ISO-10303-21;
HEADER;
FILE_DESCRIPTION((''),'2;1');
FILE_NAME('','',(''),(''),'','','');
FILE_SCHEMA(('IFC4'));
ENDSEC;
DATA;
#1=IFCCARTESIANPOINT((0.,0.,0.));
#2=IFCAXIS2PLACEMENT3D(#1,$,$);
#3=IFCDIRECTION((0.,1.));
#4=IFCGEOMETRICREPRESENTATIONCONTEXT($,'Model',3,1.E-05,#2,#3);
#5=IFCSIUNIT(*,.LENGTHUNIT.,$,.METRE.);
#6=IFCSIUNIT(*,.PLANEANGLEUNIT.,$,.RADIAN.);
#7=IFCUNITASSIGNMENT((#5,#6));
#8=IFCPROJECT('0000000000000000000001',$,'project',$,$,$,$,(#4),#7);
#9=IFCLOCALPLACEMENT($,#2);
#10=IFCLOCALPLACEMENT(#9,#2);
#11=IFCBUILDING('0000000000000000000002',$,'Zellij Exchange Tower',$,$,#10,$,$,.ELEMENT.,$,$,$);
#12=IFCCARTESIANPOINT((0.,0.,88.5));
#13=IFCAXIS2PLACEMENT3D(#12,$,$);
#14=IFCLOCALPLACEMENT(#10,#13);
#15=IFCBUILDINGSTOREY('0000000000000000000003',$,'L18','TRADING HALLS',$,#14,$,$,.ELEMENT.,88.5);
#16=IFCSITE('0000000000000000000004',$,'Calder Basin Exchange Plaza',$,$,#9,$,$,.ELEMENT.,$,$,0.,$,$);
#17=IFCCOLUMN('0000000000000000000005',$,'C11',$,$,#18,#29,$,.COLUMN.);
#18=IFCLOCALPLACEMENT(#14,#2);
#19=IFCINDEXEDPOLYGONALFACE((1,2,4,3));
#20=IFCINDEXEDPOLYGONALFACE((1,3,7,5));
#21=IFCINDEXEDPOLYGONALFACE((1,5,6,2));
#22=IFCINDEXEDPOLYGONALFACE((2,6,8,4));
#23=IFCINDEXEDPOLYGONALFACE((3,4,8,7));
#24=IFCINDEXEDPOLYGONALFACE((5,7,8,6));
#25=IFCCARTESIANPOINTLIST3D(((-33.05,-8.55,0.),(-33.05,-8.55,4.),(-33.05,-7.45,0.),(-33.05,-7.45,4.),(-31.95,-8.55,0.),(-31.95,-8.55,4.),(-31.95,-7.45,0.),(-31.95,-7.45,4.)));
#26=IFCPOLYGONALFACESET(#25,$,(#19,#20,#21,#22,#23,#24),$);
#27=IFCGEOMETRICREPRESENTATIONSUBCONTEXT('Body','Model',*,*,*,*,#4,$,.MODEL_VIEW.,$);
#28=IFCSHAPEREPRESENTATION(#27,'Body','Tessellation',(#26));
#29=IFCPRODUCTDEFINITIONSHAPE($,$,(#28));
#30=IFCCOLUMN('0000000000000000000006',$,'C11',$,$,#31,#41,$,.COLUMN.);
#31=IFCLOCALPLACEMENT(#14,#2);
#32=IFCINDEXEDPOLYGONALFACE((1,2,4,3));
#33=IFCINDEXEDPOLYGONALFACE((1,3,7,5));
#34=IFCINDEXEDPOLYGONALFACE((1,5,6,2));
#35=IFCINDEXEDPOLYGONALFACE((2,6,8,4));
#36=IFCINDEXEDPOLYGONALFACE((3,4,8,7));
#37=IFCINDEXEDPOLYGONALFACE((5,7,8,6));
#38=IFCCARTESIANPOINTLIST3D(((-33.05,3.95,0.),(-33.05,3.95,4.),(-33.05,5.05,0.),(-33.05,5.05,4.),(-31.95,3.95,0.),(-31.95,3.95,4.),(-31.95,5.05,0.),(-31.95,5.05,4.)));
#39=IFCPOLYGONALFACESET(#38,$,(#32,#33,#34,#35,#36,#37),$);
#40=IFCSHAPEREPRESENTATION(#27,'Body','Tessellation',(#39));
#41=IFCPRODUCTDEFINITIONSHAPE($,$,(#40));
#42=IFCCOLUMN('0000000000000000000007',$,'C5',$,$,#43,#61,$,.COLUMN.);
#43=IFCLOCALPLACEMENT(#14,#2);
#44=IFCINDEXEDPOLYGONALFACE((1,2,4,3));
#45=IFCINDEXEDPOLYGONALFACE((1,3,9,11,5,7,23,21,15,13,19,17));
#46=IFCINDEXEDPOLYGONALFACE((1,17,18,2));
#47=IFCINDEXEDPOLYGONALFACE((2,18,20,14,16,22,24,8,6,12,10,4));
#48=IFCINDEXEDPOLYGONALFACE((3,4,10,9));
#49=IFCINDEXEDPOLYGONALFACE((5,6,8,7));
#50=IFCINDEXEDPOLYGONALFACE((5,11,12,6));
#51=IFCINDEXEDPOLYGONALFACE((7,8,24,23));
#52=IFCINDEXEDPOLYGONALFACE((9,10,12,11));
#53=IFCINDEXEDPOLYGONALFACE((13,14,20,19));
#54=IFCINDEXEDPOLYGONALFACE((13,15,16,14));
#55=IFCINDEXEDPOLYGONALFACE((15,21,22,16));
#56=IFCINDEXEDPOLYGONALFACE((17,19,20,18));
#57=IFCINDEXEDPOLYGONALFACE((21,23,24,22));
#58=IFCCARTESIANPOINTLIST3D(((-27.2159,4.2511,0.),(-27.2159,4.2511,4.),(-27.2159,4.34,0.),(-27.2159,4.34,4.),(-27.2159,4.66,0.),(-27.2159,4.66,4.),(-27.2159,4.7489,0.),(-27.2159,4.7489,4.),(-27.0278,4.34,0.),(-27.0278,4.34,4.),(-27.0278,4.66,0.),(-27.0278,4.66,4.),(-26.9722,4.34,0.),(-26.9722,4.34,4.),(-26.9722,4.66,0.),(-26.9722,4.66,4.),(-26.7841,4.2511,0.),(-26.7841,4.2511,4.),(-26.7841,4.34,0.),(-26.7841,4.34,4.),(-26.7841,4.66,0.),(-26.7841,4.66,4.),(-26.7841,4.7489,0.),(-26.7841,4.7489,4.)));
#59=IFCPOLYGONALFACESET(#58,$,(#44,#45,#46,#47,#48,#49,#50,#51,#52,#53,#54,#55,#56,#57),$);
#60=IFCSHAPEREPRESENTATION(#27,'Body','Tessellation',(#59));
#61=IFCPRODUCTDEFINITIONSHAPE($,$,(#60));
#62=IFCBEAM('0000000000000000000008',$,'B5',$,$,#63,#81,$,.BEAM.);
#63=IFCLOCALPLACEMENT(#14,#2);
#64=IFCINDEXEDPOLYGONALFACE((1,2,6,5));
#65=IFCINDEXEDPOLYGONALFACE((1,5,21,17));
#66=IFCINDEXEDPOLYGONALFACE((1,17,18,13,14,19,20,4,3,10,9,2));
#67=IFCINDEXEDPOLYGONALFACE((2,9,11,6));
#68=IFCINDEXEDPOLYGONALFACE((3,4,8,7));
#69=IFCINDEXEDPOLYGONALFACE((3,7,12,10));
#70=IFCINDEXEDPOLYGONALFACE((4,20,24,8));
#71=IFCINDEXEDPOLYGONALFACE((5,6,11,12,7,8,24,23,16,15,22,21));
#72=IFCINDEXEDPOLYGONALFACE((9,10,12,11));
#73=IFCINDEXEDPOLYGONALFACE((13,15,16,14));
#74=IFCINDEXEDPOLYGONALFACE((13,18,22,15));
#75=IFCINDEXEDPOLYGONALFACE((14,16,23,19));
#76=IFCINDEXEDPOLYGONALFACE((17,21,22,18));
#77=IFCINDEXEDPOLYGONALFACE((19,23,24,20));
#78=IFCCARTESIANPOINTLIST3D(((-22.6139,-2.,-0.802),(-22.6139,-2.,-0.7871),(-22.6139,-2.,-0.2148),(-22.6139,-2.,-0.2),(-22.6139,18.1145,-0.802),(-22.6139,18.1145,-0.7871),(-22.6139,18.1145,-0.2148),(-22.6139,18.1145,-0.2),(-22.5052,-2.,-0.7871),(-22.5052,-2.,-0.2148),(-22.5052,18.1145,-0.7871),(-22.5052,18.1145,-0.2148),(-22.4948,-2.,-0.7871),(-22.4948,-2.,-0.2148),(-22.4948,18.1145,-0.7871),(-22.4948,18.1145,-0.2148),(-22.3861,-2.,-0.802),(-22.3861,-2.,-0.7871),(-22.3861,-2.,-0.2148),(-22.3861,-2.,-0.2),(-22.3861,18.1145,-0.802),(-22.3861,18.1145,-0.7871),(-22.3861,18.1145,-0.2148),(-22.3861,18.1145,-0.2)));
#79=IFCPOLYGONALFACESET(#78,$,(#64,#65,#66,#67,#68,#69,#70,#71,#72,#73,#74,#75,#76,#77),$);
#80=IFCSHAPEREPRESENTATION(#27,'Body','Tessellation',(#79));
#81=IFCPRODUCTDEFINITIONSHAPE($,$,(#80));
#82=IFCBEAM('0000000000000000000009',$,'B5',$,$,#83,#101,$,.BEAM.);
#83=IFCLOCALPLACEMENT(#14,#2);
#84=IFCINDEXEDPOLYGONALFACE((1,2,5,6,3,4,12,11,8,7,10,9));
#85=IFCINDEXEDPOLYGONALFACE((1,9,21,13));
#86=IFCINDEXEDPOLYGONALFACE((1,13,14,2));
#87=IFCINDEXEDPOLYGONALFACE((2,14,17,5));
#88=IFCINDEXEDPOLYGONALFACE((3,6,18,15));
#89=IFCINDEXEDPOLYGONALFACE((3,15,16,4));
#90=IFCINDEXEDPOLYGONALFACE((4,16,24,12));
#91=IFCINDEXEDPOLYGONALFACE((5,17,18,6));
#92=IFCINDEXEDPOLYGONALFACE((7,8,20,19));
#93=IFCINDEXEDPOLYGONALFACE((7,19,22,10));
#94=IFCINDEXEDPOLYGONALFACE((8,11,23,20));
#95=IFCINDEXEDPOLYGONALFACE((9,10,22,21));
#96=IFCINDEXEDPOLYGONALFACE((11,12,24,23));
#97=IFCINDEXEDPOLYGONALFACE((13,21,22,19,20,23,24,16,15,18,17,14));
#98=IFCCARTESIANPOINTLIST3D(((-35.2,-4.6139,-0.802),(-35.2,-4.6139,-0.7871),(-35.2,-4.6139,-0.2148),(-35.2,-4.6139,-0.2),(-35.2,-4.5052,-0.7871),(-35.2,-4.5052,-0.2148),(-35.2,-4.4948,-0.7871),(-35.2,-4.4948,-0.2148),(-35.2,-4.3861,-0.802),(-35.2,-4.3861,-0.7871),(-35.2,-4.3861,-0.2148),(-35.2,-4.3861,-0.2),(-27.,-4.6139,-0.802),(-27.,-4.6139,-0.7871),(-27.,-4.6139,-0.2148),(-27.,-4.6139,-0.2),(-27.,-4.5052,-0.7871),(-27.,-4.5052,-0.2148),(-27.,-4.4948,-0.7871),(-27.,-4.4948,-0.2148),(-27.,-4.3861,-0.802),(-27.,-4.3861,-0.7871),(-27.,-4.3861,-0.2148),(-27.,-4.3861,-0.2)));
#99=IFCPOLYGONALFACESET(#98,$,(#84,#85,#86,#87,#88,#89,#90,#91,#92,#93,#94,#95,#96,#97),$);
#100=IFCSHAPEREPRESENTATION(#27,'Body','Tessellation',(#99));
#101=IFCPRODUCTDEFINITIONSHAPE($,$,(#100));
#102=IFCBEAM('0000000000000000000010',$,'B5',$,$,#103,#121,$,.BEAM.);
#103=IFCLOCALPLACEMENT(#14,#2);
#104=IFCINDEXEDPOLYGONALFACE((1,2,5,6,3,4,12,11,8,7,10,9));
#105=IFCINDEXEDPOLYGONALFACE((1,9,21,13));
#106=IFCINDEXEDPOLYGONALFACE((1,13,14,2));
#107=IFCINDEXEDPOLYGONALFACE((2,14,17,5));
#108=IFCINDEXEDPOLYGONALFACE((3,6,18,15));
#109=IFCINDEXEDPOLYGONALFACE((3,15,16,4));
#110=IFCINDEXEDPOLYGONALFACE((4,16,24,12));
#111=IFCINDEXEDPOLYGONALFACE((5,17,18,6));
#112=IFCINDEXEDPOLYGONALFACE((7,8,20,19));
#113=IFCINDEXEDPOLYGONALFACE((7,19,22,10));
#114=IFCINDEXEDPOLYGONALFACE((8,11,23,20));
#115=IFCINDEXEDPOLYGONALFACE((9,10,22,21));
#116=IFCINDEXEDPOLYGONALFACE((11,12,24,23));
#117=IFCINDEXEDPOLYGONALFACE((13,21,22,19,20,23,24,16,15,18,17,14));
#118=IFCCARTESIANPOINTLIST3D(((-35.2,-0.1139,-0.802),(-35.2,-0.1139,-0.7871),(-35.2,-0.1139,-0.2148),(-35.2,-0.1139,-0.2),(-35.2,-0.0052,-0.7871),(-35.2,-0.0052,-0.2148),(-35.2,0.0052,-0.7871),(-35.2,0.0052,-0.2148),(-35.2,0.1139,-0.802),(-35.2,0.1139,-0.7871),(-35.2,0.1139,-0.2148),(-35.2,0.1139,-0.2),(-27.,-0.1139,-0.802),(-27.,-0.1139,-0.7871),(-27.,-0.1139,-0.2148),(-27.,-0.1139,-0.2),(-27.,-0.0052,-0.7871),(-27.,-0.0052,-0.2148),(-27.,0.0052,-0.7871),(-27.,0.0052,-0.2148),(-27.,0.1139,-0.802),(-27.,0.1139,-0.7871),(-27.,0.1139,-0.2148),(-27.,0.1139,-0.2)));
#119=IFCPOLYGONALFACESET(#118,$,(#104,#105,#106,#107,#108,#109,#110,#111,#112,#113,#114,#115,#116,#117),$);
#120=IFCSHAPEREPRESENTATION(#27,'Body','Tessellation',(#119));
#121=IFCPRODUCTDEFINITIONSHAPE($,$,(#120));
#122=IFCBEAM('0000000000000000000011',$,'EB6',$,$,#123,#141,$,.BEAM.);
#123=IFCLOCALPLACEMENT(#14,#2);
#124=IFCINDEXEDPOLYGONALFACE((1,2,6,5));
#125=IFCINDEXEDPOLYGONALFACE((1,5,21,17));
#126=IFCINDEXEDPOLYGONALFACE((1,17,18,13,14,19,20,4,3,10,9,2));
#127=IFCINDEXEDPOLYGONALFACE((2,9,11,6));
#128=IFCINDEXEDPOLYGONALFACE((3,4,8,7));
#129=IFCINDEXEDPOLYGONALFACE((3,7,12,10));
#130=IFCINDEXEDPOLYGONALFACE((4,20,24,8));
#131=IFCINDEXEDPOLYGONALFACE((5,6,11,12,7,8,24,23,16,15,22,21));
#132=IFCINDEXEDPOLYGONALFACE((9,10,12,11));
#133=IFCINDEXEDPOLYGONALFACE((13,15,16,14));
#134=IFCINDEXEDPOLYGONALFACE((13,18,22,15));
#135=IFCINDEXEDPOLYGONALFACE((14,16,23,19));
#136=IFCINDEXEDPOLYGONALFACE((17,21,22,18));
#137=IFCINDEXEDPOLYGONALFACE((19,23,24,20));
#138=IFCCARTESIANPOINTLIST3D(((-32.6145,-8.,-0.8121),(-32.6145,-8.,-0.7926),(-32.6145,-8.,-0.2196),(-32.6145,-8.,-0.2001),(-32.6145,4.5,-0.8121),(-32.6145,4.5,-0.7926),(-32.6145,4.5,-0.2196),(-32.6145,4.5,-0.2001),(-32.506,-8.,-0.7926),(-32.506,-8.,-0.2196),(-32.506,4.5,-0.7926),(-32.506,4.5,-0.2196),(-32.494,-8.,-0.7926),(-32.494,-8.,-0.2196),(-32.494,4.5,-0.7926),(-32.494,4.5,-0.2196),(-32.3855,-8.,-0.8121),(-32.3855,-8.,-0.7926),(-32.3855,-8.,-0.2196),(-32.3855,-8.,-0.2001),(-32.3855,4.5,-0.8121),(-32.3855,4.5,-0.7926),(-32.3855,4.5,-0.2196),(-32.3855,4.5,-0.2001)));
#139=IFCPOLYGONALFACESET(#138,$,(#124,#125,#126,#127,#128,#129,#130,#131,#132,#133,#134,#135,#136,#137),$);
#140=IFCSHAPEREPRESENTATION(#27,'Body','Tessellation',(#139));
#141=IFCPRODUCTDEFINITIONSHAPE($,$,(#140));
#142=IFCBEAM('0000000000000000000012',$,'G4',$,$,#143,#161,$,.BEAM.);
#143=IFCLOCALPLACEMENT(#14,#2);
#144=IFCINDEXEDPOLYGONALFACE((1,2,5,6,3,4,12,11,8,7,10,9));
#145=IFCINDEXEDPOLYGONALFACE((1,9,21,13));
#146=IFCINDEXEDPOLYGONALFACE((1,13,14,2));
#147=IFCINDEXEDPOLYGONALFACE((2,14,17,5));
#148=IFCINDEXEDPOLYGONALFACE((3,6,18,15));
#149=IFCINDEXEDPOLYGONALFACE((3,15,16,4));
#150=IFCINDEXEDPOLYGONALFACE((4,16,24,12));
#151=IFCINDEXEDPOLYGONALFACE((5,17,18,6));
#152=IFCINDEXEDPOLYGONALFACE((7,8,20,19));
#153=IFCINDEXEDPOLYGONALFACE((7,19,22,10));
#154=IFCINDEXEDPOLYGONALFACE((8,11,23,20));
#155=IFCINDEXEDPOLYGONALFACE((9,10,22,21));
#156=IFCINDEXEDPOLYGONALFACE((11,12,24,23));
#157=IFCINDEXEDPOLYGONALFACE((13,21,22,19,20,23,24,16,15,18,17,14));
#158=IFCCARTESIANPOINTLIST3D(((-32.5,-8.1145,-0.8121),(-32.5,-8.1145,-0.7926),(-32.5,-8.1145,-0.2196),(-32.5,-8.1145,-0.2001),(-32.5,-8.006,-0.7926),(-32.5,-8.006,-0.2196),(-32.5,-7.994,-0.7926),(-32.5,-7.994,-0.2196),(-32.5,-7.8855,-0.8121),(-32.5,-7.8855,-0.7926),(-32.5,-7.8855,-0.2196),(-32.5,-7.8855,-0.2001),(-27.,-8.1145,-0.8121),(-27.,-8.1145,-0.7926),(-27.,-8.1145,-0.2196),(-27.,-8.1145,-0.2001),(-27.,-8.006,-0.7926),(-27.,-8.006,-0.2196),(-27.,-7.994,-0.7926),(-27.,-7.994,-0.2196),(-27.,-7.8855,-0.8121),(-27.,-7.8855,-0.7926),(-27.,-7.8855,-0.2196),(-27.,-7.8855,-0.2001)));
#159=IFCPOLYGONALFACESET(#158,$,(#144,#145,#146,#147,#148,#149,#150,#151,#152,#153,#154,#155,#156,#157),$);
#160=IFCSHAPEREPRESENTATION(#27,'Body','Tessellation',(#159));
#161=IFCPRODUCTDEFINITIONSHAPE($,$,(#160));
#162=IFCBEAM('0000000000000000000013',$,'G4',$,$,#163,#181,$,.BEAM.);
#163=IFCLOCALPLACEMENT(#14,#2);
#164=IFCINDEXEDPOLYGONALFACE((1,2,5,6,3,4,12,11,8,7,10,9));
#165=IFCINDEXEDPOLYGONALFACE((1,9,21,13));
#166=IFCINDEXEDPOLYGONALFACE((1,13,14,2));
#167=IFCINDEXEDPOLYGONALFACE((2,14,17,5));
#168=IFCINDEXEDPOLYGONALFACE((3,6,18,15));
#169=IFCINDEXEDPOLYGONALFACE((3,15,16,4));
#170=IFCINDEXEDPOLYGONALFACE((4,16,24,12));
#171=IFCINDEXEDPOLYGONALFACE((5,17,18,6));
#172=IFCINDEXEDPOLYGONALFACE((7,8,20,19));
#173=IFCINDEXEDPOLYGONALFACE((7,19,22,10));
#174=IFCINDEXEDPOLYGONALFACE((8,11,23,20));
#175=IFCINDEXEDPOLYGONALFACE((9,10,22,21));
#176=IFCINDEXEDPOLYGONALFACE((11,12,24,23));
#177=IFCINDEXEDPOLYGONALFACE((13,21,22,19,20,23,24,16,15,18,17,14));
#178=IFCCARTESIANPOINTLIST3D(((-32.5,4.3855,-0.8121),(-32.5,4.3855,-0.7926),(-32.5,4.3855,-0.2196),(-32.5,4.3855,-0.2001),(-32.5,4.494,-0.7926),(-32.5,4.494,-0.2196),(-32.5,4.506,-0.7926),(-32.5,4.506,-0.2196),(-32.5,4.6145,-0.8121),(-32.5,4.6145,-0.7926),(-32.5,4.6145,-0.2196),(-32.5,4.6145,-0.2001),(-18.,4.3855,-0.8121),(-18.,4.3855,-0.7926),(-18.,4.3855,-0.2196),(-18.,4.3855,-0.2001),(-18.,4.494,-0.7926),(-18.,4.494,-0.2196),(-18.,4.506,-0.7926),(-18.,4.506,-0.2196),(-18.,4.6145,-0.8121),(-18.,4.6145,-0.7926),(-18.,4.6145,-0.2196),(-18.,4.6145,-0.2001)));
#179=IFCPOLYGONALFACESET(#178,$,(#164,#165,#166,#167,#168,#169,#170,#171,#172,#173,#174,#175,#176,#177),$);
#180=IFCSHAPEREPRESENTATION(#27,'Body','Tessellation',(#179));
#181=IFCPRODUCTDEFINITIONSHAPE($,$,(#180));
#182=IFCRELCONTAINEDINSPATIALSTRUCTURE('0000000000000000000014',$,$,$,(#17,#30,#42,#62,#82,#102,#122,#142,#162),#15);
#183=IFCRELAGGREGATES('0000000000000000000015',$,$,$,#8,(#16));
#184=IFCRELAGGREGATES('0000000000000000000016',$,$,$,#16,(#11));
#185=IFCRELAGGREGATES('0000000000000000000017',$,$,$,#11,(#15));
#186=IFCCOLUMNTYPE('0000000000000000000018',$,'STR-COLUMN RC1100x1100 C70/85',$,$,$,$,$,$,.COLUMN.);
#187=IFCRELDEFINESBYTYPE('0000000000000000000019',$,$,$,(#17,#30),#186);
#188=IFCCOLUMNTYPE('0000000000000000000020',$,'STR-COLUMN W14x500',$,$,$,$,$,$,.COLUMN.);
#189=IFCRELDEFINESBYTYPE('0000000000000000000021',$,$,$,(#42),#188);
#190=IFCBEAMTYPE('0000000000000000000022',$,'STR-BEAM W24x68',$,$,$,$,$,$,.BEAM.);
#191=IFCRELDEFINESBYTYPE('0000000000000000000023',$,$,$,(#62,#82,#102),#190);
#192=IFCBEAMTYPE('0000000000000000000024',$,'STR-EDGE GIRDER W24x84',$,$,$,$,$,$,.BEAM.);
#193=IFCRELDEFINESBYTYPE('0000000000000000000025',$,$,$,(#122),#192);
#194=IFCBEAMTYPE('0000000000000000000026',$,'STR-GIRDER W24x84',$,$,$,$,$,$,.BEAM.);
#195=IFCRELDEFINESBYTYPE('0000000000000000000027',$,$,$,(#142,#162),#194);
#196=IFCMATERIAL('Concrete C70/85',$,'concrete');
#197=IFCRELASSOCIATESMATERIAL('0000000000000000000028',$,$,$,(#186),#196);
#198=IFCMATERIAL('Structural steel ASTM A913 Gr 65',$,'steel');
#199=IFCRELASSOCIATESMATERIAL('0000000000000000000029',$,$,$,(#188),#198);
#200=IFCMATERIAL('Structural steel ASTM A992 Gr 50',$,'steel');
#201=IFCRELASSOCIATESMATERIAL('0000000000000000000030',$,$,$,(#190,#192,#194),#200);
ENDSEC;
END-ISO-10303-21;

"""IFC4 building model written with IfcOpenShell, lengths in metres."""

from ifc_helpers import new_model, si_unit, direction, frame, origin, origin_2d, place, context, subcontext, project, spatial, rectangle, i_section, extrude, material, material_profile, profile_set, type_object, element, save


model = new_model("IFC4")

# Units and contexts
model_context = context("Model", 3, precision=1e-05, world=origin(), true_north=direction((0.0, 1.0)))
body_context = subcontext(model_context, "Body", "Model", "MODEL_VIEW")
ifc_project = project(units=[si_unit("LENGTHUNIT", "METRE"), si_unit("PLANEANGLEUNIT", "RADIAN")], contexts=[model_context])

# Site, building, storey
site_placement = place(None, origin())
site = spatial("IfcSite", under=ifc_project, at=site_placement, Name="Calder Basin Exchange Plaza", CompositionType="ELEMENT", RefElevation=0.0)
building_placement = place(site_placement, origin())
building = spatial("IfcBuilding", under=site, at=building_placement, Name="Zellij Exchange Tower", CompositionType="ELEMENT")
storey_placement = place(building_placement, frame((0.0, 0.0, 88.5)))
storey = spatial("IfcBuildingStorey", under=building, at=storey_placement, Name="L18", Description="TRADING HALLS", CompositionType="ELEMENT", Elevation=88.5)

# Columns
ifc_material_1 = material(Name="Concrete C70/85", Category="concrete")
ifc_material_profile_1 = material_profile(ifc_material_1, rectangle(XDim=1.1001, YDim=1.1001, at=origin_2d()), Name="STR-COLUMN RC1100x1100 C70/85")
ifc_profile_set_1 = profile_set([ifc_material_profile_1], Name="Concrete C70/85")
column_type_1 = type_object("IfcColumnType", Name="STR-COLUMN RC1100x1100 C70/85", PredefinedType="COLUMN", material=ifc_profile_set_1)
for number, where, z_axis, x_axis, name in (
    (1, (-32.5, -8.0, 0.0), (0.0, 0.0, 1.0), (1.0, 0.0, 0.0), "C11"),
    (2, (-32.5, 4.5, 0.0), (0.0, 0.0, 1.0), (1.0, 0.0, 0.0), "C11"),
):
    element("IfcColumn", number, at=place(storey_placement, frame(where, z_axis=z_axis, x_axis=x_axis)), inside=storey, type_object=column_type_1, Name=name, PredefinedType="COLUMN", context=body_context, shape_type="SweptSolid", body=[
        extrude(rectangle(XDim=1.1001, YDim=1.1001, at=origin_2d()), origin(), (0.0, 0.0, 1.0), 4.0),
    ])
ifc_material_2 = material(Name="Structural steel ASTM A913 Gr 65", Category="steel")
ifc_material_profile_2 = material_profile(ifc_material_2, i_section(OverallWidth=0.4319, OverallDepth=0.4978, WebThickness=0.0557, FlangeThickness=0.0889, at=origin_2d()), Name="W14x500")
ifc_profile_set_2 = profile_set([ifc_material_profile_2], Name="Structural steel ASTM A913 Gr 65")
column_type_2 = type_object("IfcColumnType", Name="STR-COLUMN W14x500", PredefinedType="COLUMN", material=ifc_profile_set_2)
column_placement = place(storey_placement, frame((-27.0, 4.5, 0.0), z_axis=(0.0, 0.0, 1.0), x_axis=(1.0, 0.0, 0.0)))
element("IfcColumn", 3, at=column_placement, inside=storey, type_object=column_type_2, Name="C5", PredefinedType="COLUMN", context=body_context, shape_type="SweptSolid", body=[
    extrude(i_section(OverallWidth=0.4319, OverallDepth=0.4978, WebThickness=0.0557, FlangeThickness=0.0889, at=origin_2d()), origin(), (0.0, 0.0, 1.0), 4.0),
])

# Beams
ifc_material_3 = material(Name="Structural steel ASTM A992 Gr 50", Category="steel")
ifc_material_profile_3 = material_profile(ifc_material_3, i_section(OverallWidth=0.2278, OverallDepth=0.6021, WebThickness=0.0105, FlangeThickness=0.0149, at=origin_2d()), Name="W24x68")
ifc_profile_set_3 = profile_set([ifc_material_profile_3], Name="Structural steel ASTM A992 Gr 50")
beam_type_1 = type_object("IfcBeamType", Name="STR-BEAM W24x68", PredefinedType="BEAM", material=ifc_profile_set_3)
beam_1_placement = place(storey_placement, frame((-22.5, -2.0, -0.501), z_axis=(0.0, 1.0, 0.0), x_axis=(-1.0, 0.0, 0.0)))
element("IfcBeam", 4, at=beam_1_placement, inside=storey, type_object=beam_type_1, Name="B5", PredefinedType="BEAM", context=body_context, shape_type="SweptSolid", body=[
    extrude(i_section(OverallWidth=0.2278, OverallDepth=0.6021, WebThickness=0.0105, FlangeThickness=0.0149, at=origin_2d()), origin(), (0.0, 0.0, 1.0), 20.1145),
])
for number, where, z_axis, x_axis, name in (
    (5, (-35.2, -4.5, -0.501), (1.0, 0.0, 0.0), (0.0, 1.0, 0.0), "B5"),
    (6, (-35.2, 0.0, -0.501), (1.0, 0.0, 0.0), (0.0, 1.0, 0.0), "B5"),
):
    element("IfcBeam", number, at=place(storey_placement, frame(where, z_axis=z_axis, x_axis=x_axis)), inside=storey, type_object=beam_type_1, Name=name, PredefinedType="BEAM", context=body_context, shape_type="SweptSolid", body=[
        extrude(i_section(OverallWidth=0.2278, OverallDepth=0.6021, WebThickness=0.0105, FlangeThickness=0.0149, at=origin_2d()), origin(), (0.0, 0.0, 1.0), 8.2),
    ])
ifc_material_profile_4 = material_profile(ifc_material_3, i_section(OverallWidth=0.229, OverallDepth=0.6121, WebThickness=0.012, FlangeThickness=0.0195, at=origin_2d()), Name="W24x84")
ifc_profile_set_4 = profile_set([ifc_material_profile_4], Name="Structural steel ASTM A992 Gr 50")
beam_type_2 = type_object("IfcBeamType", Name="STR-EDGE GIRDER W24x84", PredefinedType="BEAM", material=ifc_profile_set_4)
beam_2_placement = place(storey_placement, frame((-32.5, -8.0, -0.5061), z_axis=(0.0, 1.0, 0.0), x_axis=(-1.0, 0.0, 0.0)))
element("IfcBeam", 7, at=beam_2_placement, inside=storey, type_object=beam_type_2, Name="EB6", PredefinedType="BEAM", context=body_context, shape_type="SweptSolid", body=[
    extrude(i_section(OverallWidth=0.229, OverallDepth=0.6121, WebThickness=0.012, FlangeThickness=0.0195, at=origin_2d()), origin(), (0.0, 0.0, 1.0), 12.5),
])
ifc_material_profile_5 = material_profile(ifc_material_3, i_section(OverallWidth=0.229, OverallDepth=0.6121, WebThickness=0.012, FlangeThickness=0.0195, at=origin_2d()), Name="W24x84")
ifc_profile_set_5 = profile_set([ifc_material_profile_5], Name="Structural steel ASTM A992 Gr 50")
beam_type_3 = type_object("IfcBeamType", Name="STR-GIRDER W24x84", PredefinedType="BEAM", material=ifc_profile_set_5)
beam_3_placement = place(storey_placement, frame((-32.5, -8.0, -0.5061), z_axis=(1.0, 0.0, 0.0), x_axis=(0.0, 1.0, 0.0)))
element("IfcBeam", 8, at=beam_3_placement, inside=storey, type_object=beam_type_3, Name="G4", PredefinedType="BEAM", context=body_context, shape_type="SweptSolid", body=[
    extrude(i_section(OverallWidth=0.229, OverallDepth=0.6121, WebThickness=0.012, FlangeThickness=0.0195, at=origin_2d()), origin(), (0.0, 0.0, 1.0), 5.5),
])
beam_4_placement = place(storey_placement, frame((-32.5, 4.5, -0.5061), z_axis=(1.0, 0.0, 0.0), x_axis=(0.0, 1.0, 0.0)))
element("IfcBeam", 9, at=beam_4_placement, inside=storey, type_object=beam_type_3, Name="G4", PredefinedType="BEAM", context=body_context, shape_type="SweptSolid", body=[
    extrude(i_section(OverallWidth=0.229, OverallDepth=0.6121, WebThickness=0.012, FlangeThickness=0.0195, at=origin_2d()), origin(), (0.0, 0.0, 1.0), 14.5),
])

save(model, "model.ifc")
